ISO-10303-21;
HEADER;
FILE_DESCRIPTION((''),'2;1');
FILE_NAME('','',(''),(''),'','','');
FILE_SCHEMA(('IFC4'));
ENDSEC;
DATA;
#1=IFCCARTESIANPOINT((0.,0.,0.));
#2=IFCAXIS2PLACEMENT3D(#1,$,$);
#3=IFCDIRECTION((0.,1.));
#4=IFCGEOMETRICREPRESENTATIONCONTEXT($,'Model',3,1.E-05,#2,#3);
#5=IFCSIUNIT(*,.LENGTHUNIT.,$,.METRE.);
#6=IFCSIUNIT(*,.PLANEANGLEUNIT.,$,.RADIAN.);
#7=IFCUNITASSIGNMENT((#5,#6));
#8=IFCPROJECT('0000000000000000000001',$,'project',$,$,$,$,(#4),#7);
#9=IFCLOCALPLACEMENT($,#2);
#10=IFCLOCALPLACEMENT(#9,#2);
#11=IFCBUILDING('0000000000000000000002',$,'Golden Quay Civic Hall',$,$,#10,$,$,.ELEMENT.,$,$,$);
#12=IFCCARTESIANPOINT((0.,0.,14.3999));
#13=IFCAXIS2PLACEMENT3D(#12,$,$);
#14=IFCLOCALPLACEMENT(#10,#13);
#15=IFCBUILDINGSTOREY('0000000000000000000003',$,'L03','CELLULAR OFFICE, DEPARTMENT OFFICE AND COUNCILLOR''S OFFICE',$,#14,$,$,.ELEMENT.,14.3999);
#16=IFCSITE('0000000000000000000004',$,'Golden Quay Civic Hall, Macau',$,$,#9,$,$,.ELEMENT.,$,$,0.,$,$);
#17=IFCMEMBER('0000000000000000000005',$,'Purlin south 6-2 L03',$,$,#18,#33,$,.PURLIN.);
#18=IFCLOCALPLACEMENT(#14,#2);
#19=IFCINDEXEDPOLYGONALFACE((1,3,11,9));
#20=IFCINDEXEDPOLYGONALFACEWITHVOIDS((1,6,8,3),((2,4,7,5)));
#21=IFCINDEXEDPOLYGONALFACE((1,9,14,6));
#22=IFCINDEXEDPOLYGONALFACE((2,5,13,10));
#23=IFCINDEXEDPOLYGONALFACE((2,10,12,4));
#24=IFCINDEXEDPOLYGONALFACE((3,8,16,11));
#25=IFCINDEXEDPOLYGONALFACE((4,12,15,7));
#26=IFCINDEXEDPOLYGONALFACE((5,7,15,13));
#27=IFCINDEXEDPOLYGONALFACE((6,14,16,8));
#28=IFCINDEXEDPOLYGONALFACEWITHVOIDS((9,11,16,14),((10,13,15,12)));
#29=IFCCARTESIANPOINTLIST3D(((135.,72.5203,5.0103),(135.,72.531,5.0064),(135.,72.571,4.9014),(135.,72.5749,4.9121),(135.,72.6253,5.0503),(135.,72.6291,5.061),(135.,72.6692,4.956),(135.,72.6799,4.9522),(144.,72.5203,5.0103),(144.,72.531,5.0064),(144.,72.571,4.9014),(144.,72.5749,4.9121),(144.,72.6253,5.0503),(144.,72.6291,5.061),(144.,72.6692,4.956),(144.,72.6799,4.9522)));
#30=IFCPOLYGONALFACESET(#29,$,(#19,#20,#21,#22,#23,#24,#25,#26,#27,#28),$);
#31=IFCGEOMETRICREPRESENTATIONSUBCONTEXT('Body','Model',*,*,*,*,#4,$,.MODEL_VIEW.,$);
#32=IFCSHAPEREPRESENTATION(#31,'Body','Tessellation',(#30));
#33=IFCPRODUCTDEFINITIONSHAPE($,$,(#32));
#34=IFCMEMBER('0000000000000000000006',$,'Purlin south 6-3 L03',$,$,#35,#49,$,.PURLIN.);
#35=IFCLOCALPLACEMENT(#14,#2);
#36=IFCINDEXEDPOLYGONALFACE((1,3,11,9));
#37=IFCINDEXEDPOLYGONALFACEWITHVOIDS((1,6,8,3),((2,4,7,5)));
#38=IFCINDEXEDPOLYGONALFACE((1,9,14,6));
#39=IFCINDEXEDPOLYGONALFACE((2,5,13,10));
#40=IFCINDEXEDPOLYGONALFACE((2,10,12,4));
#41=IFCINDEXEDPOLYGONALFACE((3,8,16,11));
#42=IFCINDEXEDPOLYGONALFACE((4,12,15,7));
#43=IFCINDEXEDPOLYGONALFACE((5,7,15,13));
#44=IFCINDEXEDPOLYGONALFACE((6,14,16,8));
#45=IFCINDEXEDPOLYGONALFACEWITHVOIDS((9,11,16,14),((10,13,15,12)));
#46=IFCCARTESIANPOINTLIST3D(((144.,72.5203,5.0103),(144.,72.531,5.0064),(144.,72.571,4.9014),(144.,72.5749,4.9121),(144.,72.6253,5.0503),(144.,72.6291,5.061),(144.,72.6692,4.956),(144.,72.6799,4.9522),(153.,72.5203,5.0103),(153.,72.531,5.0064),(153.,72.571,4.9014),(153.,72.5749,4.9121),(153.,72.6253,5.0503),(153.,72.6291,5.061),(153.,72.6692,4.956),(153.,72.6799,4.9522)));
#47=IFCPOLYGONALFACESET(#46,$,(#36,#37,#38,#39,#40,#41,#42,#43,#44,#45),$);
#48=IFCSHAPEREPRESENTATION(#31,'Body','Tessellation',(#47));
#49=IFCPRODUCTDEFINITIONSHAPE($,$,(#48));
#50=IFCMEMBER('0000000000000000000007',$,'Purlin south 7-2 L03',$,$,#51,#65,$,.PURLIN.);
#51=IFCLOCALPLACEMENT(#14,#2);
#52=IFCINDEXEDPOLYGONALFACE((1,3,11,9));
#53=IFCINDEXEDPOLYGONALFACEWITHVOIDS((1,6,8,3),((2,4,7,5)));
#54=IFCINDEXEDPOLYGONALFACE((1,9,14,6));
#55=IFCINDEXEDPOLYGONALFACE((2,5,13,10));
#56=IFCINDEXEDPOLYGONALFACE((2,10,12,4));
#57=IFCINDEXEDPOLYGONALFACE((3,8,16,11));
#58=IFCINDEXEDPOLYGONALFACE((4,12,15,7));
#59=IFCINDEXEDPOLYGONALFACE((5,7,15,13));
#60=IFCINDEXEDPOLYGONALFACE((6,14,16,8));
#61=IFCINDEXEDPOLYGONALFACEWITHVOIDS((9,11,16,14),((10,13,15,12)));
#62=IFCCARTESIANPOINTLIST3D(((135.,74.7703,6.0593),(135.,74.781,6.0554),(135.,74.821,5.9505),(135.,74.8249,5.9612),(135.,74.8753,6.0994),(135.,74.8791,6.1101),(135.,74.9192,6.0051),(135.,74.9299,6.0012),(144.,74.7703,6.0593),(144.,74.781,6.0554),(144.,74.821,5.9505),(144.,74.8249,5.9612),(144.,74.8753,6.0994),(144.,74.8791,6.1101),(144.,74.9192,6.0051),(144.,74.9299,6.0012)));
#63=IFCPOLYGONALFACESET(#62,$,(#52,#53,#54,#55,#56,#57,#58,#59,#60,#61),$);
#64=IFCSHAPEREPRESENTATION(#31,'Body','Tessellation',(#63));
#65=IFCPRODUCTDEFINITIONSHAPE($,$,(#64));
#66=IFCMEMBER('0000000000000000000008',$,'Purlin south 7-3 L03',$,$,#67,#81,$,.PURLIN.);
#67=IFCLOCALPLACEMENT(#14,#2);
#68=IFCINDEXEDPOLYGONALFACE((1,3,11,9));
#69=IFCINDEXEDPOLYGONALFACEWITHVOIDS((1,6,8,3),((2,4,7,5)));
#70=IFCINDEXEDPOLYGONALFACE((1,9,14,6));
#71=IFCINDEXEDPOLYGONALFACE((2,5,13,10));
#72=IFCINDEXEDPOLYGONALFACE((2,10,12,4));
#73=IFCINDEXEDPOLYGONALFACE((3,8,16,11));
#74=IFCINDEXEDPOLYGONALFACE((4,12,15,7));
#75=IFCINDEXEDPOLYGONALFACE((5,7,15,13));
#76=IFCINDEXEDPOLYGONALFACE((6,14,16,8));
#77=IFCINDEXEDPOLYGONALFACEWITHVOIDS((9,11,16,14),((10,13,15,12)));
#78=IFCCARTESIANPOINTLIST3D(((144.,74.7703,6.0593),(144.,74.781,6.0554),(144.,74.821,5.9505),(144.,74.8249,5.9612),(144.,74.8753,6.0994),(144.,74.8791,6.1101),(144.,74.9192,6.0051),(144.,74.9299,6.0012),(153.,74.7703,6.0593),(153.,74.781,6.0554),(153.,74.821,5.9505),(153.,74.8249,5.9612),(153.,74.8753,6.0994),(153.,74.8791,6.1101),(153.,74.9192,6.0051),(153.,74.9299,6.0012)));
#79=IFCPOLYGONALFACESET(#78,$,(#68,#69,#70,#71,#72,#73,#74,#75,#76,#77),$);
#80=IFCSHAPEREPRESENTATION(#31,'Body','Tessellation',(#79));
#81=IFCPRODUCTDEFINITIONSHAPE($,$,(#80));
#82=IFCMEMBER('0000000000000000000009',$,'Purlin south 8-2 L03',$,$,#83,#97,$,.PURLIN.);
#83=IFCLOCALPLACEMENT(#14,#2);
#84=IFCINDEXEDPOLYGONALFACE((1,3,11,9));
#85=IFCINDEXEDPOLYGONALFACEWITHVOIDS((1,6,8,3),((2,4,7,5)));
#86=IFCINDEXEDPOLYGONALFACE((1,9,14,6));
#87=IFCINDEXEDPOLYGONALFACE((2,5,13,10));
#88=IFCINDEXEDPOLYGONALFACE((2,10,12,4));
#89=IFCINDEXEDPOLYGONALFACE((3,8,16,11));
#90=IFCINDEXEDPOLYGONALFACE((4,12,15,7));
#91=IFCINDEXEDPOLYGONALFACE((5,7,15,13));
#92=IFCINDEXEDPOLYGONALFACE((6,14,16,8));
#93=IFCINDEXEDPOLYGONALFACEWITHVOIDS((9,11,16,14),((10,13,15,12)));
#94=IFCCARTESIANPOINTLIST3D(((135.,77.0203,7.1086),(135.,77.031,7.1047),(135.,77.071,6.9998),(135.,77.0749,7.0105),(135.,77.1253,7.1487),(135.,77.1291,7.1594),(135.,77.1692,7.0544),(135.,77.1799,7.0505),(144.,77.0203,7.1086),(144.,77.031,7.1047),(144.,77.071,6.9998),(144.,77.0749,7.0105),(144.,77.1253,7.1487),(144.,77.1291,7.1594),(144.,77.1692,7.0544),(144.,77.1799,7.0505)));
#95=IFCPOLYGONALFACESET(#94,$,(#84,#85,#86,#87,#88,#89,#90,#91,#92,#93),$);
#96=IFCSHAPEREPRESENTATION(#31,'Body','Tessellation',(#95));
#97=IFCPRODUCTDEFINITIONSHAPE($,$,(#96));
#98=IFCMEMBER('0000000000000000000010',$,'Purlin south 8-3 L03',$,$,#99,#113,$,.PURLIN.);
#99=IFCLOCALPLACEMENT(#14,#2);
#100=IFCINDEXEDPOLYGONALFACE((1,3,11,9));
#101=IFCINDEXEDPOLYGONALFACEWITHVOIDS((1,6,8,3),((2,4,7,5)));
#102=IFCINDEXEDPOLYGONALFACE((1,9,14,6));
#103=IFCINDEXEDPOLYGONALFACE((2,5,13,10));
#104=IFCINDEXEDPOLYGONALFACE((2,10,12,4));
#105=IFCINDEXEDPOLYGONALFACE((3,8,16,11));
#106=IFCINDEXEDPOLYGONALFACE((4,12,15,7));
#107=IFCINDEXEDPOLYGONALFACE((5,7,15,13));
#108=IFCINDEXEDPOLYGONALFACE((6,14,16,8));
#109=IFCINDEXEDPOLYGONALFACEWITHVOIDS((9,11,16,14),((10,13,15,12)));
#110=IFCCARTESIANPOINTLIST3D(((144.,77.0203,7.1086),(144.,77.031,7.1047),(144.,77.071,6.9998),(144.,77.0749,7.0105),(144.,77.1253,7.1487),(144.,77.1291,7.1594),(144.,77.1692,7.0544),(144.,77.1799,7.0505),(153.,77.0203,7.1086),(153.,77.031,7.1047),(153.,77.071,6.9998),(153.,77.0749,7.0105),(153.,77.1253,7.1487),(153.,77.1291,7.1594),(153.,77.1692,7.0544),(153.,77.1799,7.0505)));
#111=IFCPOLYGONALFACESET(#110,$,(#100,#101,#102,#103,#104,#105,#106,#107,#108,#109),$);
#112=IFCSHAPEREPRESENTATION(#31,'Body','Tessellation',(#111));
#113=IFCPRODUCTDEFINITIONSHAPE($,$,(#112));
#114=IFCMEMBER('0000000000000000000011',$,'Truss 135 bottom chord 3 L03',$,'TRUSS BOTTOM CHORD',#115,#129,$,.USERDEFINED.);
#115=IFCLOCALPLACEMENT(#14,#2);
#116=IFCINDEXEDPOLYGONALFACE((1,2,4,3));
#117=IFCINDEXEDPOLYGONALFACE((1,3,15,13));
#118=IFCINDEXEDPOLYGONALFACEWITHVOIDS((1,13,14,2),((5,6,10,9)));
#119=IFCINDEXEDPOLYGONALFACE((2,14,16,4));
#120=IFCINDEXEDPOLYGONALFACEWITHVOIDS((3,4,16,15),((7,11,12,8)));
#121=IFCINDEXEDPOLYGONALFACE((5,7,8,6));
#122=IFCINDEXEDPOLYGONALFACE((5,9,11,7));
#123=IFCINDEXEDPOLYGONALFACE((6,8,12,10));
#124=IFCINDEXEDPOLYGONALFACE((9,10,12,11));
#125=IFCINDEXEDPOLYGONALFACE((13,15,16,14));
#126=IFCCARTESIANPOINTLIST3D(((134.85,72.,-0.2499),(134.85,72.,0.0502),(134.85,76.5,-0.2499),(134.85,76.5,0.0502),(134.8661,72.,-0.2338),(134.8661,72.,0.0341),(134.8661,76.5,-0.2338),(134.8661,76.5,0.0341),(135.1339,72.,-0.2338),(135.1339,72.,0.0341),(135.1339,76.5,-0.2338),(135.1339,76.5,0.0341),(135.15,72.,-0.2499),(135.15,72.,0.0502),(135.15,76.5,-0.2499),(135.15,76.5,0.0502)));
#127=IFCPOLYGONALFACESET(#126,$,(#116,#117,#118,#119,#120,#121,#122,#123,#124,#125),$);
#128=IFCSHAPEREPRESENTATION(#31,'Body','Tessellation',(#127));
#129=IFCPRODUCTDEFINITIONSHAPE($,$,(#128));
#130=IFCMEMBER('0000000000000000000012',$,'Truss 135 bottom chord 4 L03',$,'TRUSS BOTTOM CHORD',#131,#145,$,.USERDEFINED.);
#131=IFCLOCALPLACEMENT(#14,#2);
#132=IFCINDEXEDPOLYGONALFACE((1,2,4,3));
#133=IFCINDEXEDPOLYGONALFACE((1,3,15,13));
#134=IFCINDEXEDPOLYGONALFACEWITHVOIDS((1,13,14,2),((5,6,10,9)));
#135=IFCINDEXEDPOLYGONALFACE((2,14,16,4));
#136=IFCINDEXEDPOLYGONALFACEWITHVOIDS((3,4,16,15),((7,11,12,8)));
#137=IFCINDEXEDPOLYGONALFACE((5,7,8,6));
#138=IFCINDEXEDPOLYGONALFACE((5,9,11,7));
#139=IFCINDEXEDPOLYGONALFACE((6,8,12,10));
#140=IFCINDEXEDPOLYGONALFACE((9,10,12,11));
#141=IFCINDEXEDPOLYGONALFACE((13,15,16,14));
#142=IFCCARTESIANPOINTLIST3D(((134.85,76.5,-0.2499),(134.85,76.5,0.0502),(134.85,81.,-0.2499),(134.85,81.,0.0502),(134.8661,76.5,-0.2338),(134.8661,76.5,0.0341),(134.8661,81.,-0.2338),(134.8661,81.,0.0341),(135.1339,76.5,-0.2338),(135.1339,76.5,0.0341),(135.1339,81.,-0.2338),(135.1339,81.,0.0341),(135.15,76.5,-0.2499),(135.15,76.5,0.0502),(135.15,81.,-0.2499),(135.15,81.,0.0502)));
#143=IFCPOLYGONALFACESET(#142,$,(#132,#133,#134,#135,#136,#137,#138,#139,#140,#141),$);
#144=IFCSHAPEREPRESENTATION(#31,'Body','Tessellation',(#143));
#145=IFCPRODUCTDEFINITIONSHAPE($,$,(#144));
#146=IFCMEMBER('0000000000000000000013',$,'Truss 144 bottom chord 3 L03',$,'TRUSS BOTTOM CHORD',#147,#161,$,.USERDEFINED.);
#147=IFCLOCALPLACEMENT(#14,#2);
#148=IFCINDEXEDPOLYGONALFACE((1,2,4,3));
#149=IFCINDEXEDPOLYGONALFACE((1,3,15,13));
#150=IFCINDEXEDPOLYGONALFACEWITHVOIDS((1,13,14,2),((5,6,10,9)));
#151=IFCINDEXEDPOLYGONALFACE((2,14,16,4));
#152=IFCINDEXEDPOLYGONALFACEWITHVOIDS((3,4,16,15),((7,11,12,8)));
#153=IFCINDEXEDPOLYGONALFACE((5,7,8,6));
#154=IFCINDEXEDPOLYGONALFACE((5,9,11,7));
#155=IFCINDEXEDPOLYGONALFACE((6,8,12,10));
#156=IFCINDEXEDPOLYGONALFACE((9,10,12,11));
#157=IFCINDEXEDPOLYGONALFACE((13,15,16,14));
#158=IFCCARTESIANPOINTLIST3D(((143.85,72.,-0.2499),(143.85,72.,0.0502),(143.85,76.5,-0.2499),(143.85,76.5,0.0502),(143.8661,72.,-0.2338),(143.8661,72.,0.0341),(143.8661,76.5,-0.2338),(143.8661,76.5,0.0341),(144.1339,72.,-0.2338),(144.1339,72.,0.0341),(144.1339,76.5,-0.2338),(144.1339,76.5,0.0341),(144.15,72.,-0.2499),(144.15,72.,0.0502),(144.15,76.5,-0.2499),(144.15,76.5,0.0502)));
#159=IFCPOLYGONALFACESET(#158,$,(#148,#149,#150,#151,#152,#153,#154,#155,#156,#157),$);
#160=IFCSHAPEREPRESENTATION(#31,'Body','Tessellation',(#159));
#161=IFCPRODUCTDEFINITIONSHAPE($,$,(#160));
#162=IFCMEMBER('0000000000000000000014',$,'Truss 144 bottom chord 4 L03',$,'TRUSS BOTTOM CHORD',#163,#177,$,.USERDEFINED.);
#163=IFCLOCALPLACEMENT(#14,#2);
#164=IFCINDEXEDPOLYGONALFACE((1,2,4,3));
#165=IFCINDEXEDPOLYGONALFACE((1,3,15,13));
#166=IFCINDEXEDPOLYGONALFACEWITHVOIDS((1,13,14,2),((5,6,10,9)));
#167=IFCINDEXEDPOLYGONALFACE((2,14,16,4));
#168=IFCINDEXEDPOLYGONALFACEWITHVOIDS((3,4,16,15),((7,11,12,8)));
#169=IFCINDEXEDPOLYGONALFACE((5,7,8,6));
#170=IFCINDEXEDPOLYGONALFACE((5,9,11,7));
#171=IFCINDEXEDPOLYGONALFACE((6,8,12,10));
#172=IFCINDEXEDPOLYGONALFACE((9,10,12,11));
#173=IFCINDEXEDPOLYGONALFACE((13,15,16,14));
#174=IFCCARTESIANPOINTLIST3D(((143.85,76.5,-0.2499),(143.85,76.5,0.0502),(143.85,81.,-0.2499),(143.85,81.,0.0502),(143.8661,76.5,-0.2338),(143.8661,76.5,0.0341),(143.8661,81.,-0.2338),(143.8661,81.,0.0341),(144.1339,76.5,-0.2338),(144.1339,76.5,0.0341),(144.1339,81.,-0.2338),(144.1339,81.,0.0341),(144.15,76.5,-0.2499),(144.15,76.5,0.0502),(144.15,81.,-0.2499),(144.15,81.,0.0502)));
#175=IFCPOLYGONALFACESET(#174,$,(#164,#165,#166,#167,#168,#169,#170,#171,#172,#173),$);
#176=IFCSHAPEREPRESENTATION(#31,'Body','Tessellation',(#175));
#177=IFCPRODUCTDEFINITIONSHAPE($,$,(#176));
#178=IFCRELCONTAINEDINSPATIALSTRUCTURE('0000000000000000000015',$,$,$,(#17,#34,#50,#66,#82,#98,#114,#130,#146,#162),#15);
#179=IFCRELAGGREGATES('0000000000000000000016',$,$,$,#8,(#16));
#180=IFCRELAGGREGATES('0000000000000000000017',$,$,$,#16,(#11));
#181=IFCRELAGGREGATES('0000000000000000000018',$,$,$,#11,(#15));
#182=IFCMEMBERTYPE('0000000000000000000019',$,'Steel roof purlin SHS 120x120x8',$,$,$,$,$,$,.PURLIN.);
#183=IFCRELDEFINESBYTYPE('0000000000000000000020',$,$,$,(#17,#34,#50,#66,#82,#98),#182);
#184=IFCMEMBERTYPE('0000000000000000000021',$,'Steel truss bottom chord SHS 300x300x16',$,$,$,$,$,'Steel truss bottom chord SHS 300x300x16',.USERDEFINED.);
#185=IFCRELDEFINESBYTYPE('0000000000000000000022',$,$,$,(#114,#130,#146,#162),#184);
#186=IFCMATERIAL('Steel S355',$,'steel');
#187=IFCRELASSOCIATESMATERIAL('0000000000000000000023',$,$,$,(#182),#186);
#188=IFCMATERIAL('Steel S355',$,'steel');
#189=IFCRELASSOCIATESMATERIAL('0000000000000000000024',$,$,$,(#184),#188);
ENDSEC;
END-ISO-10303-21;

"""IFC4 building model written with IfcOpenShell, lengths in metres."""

from ifc_helpers import new_model, si_unit, direction, frame, origin, origin_2d, place, context, subcontext, project, spatial, hollow_rectangle, extrude, material, material_profile, profile_set, type_object, element, save


model = new_model("IFC4")

# Units and contexts
model_context = context("Model", 3, precision=1e-05, world=origin(), true_north=direction((0.0, 1.0)))
body_context = subcontext(model_context, "Body", "Model", "MODEL_VIEW")
ifc_project = project(units=[si_unit("LENGTHUNIT", "METRE"), si_unit("PLANEANGLEUNIT", "RADIAN")], contexts=[model_context])

# Site, building, storey
site_placement = place(None, origin())
site = spatial("IfcSite", under=ifc_project, at=site_placement, Name="Golden Quay Civic Hall, Macau", CompositionType="ELEMENT", RefElevation=0.0)
building_placement = place(site_placement, origin())
building = spatial("IfcBuilding", under=site, at=building_placement, Name="Golden Quay Civic Hall", CompositionType="ELEMENT")
storey_placement = place(building_placement, frame((0.0, 0.0, 14.3999)))
storey = spatial("IfcBuildingStorey", under=building, at=storey_placement, Name="L03", Description="CELLULAR OFFICE, DEPARTMENT OFFICE AND COUNCILLOR'S OFFICE", CompositionType="ELEMENT", Elevation=14.3999)

# Members
ifc_material_1 = material(Name="Steel S355", Category="steel")
ifc_material_profile_1 = material_profile(ifc_material_1, hollow_rectangle(XDim=0.1201, YDim=0.1201, WallThickness=0.0081, at=origin_2d()), Name="SHS 120x120x8")
ifc_profile_set_1 = profile_set([ifc_material_profile_1], Name="Steel S355")
member_type_1 = type_object("IfcMemberType", Name="Steel roof purlin SHS 120x120x8", PredefinedType="PURLIN", material=ifc_profile_set_1)
for number, where, z_axis, x_axis, name in (
    (1, (135.0, 72.6001, 4.9812), (1.0, 0.0, 0.0), (0.0, 0.906308, 0.422618), "Purlin south 6-2 L03"),
    (2, (144.0, 72.6001, 4.9812), (1.0, 0.0, 0.0), (0.0, 0.906308, 0.422618), "Purlin south 6-3 L03"),
    (3, (135.0, 74.8501, 6.0303), (1.0, 0.0, 0.0), (0.0, 0.906308, 0.422618), "Purlin south 7-2 L03"),
    (4, (144.0, 74.8501, 6.0303), (1.0, 0.0, 0.0), (0.0, 0.906308, 0.422618), "Purlin south 7-3 L03"),
    (5, (135.0, 77.1001, 7.0796), (1.0, 0.0, 0.0), (0.0, 0.906308, 0.422618), "Purlin south 8-2 L03"),
    (6, (144.0, 77.1001, 7.0796), (1.0, 0.0, 0.0), (0.0, 0.906308, 0.422618), "Purlin south 8-3 L03"),
):
    element("IfcMember", number, at=place(storey_placement, frame(where, z_axis=z_axis, x_axis=x_axis)), inside=storey, type_object=member_type_1, Name=name, PredefinedType="PURLIN", context=body_context, shape_type="SweptSolid", body=[
        extrude(hollow_rectangle(XDim=0.1201, YDim=0.1201, WallThickness=0.0081, at=origin_2d()), origin(), (0.0, 0.0, 1.0), 9.0),
    ])
ifc_material_2 = material(Name="Steel S355", Category="steel")
ifc_material_profile_2 = material_profile(ifc_material_2, hollow_rectangle(XDim=0.3, YDim=0.3, WallThickness=0.0161, at=origin_2d()), Name="SHS 300x300x16")
ifc_profile_set_2 = profile_set([ifc_material_profile_2], Name="Steel S355")
member_type_2 = type_object("IfcMemberType", Name="Steel truss bottom chord SHS 300x300x16", ElementType="Steel truss bottom chord SHS 300x300x16", PredefinedType="USERDEFINED", material=ifc_profile_set_2)
for number, where, z_axis, x_axis, name in (
    (7, (135.0, 72.0, -0.0999), (0.0, 1.0, 0.0), (-1.0, 0.0, 0.0), "Truss 135 bottom chord 3 L03"),
    (8, (135.0, 76.5, -0.0999), (0.0, 1.0, 0.0), (-1.0, 0.0, 0.0), "Truss 135 bottom chord 4 L03"),
    (9, (144.0, 72.0, -0.0999), (0.0, 1.0, 0.0), (-1.0, 0.0, 0.0), "Truss 144 bottom chord 3 L03"),
    (10, (144.0, 76.5, -0.0999), (0.0, 1.0, 0.0), (-1.0, 0.0, 0.0), "Truss 144 bottom chord 4 L03"),
):
    element("IfcMember", number, at=place(storey_placement, frame(where, z_axis=z_axis, x_axis=x_axis)), inside=storey, type_object=member_type_2, Name=name, ObjectType="TRUSS BOTTOM CHORD", PredefinedType="USERDEFINED", context=body_context, shape_type="SweptSolid", body=[
        extrude(hollow_rectangle(XDim=0.3, YDim=0.3, WallThickness=0.0161, at=origin_2d()), origin(), (0.0, 0.0, 1.0), 4.5),
    ])

save(model, "model.ifc")
